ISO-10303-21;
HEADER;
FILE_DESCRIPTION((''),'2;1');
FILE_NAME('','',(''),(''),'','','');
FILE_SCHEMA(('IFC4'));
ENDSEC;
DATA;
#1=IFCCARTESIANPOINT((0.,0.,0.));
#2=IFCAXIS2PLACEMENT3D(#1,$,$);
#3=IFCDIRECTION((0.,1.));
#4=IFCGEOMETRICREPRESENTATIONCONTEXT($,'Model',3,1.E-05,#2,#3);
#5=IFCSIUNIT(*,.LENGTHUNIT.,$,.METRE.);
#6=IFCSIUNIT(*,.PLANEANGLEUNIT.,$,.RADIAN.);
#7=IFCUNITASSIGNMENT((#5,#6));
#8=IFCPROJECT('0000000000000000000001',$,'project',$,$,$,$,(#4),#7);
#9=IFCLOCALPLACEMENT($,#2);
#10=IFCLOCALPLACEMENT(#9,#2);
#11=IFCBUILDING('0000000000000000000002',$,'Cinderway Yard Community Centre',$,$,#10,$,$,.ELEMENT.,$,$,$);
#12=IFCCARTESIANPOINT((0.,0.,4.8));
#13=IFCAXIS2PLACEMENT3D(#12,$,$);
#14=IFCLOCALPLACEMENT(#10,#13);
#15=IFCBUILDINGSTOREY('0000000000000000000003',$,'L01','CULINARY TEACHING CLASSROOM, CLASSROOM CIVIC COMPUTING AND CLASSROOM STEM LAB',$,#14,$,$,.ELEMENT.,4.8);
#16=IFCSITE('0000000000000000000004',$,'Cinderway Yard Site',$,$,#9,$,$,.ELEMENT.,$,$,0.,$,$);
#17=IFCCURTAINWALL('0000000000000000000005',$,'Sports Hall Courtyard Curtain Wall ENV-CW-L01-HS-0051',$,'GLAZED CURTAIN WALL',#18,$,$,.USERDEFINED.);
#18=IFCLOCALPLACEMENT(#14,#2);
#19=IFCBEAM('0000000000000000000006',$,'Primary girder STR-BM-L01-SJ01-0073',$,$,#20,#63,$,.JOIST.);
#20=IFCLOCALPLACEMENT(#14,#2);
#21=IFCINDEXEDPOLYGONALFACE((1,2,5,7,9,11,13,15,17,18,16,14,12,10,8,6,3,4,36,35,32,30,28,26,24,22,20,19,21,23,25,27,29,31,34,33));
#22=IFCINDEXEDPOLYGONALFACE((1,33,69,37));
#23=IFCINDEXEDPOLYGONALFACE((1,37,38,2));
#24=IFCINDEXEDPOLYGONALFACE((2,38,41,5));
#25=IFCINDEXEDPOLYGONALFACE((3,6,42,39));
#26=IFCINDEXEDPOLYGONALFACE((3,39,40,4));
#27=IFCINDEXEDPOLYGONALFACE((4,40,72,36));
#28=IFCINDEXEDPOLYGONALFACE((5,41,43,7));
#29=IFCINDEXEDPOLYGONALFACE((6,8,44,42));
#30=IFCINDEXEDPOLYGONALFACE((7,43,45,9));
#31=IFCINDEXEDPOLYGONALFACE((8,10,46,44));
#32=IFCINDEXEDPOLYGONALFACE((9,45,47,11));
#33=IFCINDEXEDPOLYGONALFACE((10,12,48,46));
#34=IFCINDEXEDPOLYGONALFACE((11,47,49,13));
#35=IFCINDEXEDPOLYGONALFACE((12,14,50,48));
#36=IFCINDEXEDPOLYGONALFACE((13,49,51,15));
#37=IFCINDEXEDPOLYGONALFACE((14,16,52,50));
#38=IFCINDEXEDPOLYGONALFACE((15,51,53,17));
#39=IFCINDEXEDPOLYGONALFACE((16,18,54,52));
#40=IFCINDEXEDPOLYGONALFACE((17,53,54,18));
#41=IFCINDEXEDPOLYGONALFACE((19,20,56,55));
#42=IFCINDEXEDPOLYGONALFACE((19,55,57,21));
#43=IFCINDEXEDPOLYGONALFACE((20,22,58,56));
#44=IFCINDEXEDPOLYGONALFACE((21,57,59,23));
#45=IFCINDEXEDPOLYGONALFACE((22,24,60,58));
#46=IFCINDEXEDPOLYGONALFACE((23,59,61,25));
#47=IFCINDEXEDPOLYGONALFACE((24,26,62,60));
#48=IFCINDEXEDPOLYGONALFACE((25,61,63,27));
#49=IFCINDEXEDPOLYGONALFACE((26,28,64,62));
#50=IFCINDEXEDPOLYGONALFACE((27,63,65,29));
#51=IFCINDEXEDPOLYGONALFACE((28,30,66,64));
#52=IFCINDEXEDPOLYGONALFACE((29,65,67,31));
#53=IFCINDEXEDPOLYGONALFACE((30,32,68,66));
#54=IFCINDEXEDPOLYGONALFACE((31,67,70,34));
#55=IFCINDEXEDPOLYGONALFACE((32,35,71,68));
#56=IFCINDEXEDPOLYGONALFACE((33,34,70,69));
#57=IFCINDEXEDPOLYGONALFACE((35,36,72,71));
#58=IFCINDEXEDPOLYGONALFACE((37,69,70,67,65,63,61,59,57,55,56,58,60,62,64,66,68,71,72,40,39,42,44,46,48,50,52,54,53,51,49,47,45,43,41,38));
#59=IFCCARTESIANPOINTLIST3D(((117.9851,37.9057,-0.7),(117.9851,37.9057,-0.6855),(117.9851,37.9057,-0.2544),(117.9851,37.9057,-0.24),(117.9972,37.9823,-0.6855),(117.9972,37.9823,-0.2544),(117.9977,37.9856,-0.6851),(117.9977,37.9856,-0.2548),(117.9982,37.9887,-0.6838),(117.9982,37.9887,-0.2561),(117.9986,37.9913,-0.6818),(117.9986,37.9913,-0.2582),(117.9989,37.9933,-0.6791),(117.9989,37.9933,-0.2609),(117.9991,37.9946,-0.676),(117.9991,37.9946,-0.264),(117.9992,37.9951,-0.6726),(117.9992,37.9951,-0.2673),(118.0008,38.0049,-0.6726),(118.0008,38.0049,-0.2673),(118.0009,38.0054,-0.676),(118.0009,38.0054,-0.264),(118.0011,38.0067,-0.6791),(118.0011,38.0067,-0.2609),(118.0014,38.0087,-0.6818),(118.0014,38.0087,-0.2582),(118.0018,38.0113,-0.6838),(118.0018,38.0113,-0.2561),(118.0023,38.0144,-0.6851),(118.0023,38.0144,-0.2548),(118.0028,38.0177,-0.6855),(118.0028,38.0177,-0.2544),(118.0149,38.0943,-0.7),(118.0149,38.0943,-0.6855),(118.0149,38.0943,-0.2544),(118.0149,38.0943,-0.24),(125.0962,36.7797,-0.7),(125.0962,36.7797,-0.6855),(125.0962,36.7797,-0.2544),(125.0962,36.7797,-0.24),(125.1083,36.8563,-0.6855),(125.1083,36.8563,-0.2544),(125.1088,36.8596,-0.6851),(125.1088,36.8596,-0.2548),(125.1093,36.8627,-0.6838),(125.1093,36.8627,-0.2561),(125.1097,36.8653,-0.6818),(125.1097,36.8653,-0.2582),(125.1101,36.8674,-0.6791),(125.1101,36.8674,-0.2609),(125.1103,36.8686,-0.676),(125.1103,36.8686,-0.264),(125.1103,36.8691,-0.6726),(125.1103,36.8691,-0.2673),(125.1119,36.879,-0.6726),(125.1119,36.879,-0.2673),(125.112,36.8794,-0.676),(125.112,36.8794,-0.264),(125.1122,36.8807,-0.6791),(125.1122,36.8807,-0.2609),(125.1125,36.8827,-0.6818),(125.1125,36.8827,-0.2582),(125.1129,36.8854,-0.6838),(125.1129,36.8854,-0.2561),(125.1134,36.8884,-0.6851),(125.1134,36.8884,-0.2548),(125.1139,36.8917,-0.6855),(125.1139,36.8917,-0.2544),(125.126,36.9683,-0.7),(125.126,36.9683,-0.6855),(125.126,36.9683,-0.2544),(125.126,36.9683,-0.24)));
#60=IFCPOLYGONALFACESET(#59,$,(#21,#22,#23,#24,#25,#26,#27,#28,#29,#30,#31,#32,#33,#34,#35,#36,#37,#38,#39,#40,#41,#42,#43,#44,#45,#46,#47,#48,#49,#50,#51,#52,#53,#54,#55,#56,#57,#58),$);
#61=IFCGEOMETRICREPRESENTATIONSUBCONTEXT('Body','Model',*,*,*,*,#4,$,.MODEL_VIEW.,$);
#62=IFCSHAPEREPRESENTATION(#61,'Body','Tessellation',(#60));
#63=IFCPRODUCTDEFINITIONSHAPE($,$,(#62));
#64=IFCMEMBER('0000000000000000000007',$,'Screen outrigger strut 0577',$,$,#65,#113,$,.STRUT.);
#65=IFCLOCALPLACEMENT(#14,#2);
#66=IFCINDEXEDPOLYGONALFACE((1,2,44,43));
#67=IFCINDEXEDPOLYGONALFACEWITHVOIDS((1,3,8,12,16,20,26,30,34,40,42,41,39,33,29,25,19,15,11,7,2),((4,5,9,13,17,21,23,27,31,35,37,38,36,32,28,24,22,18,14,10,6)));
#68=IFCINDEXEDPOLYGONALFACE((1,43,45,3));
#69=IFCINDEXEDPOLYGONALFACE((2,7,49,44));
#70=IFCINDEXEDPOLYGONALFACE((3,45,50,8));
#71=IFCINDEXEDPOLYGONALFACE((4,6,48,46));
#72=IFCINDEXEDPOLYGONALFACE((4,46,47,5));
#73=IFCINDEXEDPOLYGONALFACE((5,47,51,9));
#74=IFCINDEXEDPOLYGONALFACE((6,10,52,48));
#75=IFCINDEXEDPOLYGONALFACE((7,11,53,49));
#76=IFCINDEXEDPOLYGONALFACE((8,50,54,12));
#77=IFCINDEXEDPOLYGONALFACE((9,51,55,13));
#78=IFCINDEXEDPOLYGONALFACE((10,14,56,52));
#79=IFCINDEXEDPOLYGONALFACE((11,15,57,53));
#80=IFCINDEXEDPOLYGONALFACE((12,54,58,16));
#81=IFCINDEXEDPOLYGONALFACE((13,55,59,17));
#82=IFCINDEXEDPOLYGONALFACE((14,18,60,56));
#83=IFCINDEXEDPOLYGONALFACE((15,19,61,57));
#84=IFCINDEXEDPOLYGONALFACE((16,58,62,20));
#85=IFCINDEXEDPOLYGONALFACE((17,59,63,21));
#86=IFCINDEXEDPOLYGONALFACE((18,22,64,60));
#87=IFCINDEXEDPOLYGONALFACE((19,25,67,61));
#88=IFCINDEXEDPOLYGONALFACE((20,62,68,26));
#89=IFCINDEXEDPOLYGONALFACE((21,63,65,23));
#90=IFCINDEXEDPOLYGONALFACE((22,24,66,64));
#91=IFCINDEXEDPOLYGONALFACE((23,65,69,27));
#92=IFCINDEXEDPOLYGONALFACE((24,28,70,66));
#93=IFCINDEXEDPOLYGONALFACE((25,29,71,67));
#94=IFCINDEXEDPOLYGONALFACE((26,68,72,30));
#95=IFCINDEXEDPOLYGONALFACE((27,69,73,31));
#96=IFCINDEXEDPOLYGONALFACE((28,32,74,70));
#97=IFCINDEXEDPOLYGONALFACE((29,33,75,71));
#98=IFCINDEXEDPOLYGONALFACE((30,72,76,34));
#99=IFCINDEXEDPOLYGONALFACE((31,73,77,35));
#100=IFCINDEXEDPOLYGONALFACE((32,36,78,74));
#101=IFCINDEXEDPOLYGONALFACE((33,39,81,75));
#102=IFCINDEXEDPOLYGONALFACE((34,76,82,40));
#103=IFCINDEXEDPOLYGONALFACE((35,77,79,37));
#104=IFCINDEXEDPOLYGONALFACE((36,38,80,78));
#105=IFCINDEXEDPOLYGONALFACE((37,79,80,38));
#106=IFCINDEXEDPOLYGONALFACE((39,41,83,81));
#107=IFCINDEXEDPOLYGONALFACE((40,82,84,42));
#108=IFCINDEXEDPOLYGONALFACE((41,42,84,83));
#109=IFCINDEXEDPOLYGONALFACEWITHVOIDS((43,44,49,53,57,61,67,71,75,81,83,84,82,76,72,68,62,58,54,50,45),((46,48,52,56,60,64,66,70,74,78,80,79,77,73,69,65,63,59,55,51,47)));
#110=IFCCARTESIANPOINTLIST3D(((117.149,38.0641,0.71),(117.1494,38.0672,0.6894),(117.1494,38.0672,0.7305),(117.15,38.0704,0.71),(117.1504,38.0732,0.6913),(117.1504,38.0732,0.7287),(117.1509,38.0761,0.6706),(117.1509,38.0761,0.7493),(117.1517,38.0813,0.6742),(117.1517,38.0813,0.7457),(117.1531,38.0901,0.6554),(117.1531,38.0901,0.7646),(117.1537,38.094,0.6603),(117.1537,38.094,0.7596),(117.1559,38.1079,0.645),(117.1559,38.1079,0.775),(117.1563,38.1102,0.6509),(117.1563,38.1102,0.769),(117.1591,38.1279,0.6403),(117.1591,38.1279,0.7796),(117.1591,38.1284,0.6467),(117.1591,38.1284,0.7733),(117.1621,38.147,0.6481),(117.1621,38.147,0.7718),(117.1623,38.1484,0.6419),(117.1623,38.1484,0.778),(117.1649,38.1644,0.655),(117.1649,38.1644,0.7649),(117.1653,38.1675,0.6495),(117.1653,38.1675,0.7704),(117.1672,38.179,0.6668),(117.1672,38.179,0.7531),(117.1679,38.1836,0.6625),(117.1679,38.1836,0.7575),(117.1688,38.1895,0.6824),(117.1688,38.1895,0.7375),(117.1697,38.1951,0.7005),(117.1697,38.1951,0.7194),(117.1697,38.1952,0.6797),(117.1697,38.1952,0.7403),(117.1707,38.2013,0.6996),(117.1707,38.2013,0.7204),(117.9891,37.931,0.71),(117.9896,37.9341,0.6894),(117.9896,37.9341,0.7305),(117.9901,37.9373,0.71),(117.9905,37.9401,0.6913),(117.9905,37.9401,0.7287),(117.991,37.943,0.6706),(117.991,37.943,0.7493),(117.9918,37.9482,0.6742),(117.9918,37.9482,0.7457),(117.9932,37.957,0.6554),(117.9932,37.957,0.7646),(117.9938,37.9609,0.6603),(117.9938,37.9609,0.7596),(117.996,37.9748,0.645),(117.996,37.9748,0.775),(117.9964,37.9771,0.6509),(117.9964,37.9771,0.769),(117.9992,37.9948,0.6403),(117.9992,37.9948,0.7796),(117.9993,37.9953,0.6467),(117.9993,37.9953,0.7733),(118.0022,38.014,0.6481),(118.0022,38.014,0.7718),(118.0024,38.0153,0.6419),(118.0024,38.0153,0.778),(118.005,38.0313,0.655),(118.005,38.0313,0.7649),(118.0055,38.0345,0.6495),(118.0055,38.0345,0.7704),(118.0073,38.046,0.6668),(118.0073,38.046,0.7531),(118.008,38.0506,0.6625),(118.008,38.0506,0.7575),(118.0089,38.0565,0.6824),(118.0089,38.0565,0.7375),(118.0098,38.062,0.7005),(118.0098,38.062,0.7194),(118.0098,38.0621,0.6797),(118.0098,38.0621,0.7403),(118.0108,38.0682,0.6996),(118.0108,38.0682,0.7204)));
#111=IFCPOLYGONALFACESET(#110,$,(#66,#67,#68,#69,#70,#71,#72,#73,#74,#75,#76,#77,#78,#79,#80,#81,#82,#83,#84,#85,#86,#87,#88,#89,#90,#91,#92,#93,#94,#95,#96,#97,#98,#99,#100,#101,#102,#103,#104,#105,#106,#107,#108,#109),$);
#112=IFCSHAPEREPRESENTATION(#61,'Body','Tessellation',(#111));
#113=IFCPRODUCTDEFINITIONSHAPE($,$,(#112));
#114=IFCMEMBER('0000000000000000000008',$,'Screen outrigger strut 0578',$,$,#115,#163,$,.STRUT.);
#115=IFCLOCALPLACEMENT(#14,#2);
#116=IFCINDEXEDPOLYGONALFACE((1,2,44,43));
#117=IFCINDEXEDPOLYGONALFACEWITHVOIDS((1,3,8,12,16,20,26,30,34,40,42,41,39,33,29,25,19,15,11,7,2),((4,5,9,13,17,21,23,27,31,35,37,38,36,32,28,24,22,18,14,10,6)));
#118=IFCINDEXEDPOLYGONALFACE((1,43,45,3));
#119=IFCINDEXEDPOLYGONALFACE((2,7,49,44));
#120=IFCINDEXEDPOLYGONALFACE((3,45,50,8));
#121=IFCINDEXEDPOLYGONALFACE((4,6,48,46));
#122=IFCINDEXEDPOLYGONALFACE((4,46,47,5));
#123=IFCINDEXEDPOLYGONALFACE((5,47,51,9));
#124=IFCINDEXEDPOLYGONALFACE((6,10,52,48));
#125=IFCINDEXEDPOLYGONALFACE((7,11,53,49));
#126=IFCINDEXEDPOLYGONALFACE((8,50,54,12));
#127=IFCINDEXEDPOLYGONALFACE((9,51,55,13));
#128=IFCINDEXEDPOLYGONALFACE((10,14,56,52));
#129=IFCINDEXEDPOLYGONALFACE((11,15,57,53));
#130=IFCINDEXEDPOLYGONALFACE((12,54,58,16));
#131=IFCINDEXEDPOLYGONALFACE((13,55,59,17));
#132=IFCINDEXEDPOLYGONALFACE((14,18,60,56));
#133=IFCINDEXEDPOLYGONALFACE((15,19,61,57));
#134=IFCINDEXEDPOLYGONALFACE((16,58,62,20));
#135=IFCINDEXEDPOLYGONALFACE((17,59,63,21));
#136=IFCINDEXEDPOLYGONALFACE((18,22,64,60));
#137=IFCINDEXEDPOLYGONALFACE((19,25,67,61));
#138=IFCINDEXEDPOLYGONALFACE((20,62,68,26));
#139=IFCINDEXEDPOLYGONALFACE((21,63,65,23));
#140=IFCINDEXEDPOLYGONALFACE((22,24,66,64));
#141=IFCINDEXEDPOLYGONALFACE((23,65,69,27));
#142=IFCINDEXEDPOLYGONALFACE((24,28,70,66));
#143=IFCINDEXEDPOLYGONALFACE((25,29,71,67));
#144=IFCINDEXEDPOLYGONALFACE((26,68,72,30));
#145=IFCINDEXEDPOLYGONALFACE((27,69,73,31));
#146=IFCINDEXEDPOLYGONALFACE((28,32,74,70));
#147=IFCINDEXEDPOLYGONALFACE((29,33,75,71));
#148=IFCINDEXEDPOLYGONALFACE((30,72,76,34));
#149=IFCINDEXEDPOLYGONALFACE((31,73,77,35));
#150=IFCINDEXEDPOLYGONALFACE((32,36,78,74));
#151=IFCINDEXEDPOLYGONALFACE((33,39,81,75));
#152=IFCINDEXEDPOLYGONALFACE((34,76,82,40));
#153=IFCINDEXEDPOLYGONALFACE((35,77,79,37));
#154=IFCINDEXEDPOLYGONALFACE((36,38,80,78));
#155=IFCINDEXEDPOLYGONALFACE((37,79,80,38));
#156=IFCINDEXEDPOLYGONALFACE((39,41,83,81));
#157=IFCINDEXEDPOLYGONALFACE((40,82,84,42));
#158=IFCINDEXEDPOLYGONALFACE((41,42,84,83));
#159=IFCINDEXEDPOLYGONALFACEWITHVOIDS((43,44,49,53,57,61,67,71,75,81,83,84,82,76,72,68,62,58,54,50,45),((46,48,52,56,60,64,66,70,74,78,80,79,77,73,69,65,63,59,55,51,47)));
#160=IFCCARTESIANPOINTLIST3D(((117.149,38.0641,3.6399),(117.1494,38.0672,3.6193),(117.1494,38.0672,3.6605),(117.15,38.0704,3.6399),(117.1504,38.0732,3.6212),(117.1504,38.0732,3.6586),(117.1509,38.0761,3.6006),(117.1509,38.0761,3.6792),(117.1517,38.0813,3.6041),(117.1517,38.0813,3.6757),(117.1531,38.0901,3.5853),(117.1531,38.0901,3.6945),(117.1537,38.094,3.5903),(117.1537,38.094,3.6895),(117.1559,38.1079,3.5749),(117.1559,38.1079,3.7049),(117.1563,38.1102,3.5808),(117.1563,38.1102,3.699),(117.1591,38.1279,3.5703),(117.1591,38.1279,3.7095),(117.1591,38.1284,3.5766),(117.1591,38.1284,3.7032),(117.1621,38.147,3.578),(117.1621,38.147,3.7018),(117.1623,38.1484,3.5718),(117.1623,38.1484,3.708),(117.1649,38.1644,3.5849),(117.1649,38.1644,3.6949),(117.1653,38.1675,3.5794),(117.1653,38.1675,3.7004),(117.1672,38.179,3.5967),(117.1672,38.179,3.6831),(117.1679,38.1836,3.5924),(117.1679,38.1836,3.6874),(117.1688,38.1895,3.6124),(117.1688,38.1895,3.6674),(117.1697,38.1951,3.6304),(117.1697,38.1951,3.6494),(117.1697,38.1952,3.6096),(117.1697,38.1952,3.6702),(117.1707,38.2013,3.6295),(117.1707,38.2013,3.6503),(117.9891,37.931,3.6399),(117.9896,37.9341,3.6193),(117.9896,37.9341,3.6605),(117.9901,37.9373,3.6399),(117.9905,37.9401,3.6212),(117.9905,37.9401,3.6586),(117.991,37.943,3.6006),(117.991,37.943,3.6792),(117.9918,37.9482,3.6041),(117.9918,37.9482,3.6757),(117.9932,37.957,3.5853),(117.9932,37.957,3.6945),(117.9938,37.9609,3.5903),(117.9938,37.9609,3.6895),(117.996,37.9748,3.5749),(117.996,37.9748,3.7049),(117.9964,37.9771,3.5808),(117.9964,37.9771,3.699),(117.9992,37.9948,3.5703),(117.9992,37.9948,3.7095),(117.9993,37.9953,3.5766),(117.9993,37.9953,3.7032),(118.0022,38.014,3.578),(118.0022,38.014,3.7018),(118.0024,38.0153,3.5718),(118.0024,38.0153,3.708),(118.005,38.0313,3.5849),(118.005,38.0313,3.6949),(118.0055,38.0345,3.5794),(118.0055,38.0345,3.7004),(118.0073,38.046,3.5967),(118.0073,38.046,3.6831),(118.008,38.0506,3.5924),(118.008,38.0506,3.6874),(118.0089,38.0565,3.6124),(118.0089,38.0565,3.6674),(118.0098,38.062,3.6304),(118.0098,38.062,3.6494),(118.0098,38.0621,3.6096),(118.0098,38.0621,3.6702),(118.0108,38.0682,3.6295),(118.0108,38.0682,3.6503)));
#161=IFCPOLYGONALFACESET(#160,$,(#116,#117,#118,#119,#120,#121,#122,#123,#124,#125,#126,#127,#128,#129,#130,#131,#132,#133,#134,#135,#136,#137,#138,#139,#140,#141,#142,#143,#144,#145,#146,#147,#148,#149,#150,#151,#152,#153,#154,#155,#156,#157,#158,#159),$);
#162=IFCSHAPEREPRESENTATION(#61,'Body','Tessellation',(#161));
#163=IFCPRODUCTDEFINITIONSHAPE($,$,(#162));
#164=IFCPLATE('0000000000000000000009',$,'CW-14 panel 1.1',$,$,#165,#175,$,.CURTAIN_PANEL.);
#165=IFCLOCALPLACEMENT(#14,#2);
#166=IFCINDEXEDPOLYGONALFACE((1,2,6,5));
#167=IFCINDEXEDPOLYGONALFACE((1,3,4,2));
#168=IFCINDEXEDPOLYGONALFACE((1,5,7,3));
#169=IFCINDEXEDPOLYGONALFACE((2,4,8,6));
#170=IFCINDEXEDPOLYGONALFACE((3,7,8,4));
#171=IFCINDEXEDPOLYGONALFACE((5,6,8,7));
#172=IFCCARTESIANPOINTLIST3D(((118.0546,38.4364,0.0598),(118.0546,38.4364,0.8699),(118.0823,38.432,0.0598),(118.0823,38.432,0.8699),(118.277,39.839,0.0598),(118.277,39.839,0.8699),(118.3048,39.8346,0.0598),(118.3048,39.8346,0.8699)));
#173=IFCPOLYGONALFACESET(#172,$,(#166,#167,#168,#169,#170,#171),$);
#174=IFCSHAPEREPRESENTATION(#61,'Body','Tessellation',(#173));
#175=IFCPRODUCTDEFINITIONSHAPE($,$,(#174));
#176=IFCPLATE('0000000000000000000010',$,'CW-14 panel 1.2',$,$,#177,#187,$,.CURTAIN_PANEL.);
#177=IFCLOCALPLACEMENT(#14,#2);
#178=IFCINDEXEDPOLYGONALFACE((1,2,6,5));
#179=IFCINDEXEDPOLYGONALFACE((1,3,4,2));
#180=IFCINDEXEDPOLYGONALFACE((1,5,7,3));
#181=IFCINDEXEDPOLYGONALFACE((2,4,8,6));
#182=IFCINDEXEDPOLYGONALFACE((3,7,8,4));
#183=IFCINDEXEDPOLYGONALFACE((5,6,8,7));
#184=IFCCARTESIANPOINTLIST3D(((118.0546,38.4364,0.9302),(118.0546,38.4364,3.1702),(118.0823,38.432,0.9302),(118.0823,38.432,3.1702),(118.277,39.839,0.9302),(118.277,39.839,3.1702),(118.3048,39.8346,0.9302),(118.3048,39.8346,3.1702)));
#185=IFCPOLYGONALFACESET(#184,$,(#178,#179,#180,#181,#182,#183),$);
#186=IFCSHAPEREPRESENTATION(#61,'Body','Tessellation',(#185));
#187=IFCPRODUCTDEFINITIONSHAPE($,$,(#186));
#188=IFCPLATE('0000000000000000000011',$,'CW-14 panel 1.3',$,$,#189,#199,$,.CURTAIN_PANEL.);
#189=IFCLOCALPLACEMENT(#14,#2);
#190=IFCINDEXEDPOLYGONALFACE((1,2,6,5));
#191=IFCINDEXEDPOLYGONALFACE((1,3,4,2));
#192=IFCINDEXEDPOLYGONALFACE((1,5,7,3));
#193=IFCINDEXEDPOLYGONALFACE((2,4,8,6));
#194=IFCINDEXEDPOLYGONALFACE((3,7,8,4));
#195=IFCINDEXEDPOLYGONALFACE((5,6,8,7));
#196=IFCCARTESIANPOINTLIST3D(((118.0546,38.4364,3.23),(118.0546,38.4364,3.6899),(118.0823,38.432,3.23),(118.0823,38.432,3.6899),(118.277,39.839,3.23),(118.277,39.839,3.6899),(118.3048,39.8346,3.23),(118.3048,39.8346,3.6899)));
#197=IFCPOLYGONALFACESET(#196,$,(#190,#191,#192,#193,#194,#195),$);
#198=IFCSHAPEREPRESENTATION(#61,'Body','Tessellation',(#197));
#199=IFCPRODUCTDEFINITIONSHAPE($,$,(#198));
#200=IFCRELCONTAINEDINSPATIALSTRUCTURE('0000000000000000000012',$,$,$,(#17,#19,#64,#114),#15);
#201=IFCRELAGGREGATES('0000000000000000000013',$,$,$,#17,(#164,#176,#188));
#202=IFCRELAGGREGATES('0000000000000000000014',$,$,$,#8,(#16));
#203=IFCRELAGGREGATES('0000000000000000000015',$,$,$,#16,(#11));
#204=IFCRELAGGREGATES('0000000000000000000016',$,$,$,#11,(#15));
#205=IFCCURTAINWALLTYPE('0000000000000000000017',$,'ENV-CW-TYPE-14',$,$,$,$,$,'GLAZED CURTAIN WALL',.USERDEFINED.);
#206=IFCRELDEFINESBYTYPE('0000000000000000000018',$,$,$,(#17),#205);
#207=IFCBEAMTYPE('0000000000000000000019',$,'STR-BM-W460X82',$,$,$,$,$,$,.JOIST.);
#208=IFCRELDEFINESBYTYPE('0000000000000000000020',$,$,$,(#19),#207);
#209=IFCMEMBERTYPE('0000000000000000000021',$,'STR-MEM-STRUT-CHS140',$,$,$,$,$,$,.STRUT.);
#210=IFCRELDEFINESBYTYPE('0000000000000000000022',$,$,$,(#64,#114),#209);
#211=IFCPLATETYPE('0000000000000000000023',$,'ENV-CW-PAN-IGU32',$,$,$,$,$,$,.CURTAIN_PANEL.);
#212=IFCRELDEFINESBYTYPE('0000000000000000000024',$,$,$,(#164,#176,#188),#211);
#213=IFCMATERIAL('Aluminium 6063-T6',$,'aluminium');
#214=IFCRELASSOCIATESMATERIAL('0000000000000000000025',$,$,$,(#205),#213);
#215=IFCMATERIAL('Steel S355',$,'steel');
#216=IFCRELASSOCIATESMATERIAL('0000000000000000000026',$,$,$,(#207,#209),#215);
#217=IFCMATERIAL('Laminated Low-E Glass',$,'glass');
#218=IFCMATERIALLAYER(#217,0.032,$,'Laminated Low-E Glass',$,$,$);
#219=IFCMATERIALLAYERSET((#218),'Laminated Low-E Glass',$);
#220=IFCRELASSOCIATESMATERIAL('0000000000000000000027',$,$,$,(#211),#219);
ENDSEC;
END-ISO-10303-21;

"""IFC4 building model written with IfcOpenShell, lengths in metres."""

from ifc_helpers import new_model, si_unit, direction, frame, origin, origin_2d, place, context, subcontext, project, spatial, rectangle, hollow_circle, i_section, extrude, material, layer, layer_set, material_profile, profile_set, type_object, element, aggregate, save


model = new_model("IFC4")

# Units and contexts
model_context = context("Model", 3, precision=1e-05, world=origin(), true_north=direction((0.0, 1.0)))
body_context = subcontext(model_context, "Body", "Model", "MODEL_VIEW")
ifc_project = project(units=[si_unit("LENGTHUNIT", "METRE"), si_unit("PLANEANGLEUNIT", "RADIAN")], contexts=[model_context])

# Site, building, storey
site_placement = place(None, origin())
site = spatial("IfcSite", under=ifc_project, at=site_placement, Name="Cinderway Yard Site", CompositionType="ELEMENT", RefElevation=0.0)
building_placement = place(site_placement, origin())
building = spatial("IfcBuilding", under=site, at=building_placement, Name="Cinderway Yard Community Centre", CompositionType="ELEMENT")
storey_placement = place(building_placement, frame((0.0, 0.0, 4.8)))
storey = spatial("IfcBuildingStorey", under=building, at=storey_placement, Name="L01", Description="CULINARY TEACHING CLASSROOM, CLASSROOM CIVIC COMPUTING AND CLASSROOM STEM LAB", CompositionType="ELEMENT", Elevation=4.8)

# Curtain wall
ifc_material_1 = material(Name="Aluminium 6063-T6", Category="aluminium")
curtain_wall_type = type_object("IfcCurtainWallType", Name="ENV-CW-TYPE-14", ElementType="GLAZED CURTAIN WALL", PredefinedType="USERDEFINED", material=ifc_material_1)
curtain_wall_placement = place(storey_placement, origin())
curtain_wall = element("IfcCurtainWall", 1, at=curtain_wall_placement, inside=storey, type_object=curtain_wall_type, Name="Sports Hall Courtyard Curtain Wall ENV-CW-L01-HS-0051", ObjectType="GLAZED CURTAIN WALL", PredefinedType="USERDEFINED")

# Shared definitions
ifc_material_2 = material(Name="Steel S355", Category="steel")

# Beam
ifc_material_profile_1 = material_profile(ifc_material_2, i_section(OverallWidth=0.1909, OverallDepth=0.46, WebThickness=0.01, FlangeThickness=0.0144, FilletRadius=0.0129, at=origin_2d()), Name="Steel S355")
ifc_profile_set_1 = profile_set([ifc_material_profile_1], Name="Steel S355")
beam_type_1 = type_object("IfcBeamType", Name="STR-BM-W460X82", PredefinedType="JOIST", material=ifc_profile_set_1)
beam_1_placement = place(storey_placement, frame((118.0, 38.0, -0.47), z_axis=(0.987695, -0.156393, 0.0), x_axis=(0.156393, 0.987695, 0.0)))
element("IfcBeam", 2, at=beam_1_placement, inside=storey, type_object=beam_type_1, Name="Primary girder STR-BM-L01-SJ01-0073", PredefinedType="JOIST", context=body_context, shape_type="SweptSolid", body=[
    extrude(i_section(OverallWidth=0.1909, OverallDepth=0.46, WebThickness=0.01, FlangeThickness=0.0144, FilletRadius=0.0129, at=origin_2d()), origin(), (0.0, 0.0, 1.0), 7.1997),
])

# Members
ifc_material_profile_2 = material_profile(ifc_material_2, hollow_circle(Radius=0.0698, WallThickness=0.0063, at=origin_2d()), Name="Steel S355")
ifc_profile_set_2 = profile_set([ifc_material_profile_2], Name="Steel S355")
member_type_1 = type_object("IfcMemberType", Name="STR-MEM-STRUT-CHS140", PredefinedType="STRUT", material=ifc_profile_set_2)
for number, where, z_axis, x_axis, name in (
    (3, (118.0, 38.0, 0.71), (-0.987688, 0.156434, 0.0), (-0.156434, -0.987688, 0.0), "Screen outrigger strut 0577"),
    (4, (118.0, 38.0, 3.6399), (-0.987688, 0.156434, 0.0), (-0.156434, -0.987688, 0.0), "Screen outrigger strut 0578"),
):
    element("IfcMember", number, at=place(storey_placement, frame(where, z_axis=z_axis, x_axis=x_axis)), inside=storey, type_object=member_type_1, Name=name, PredefinedType="STRUT", context=body_context, shape_type="SweptSolid", body=[
        extrude(hollow_circle(Radius=0.0698, WallThickness=0.0063, at=origin_2d()), origin(), (0.0, 0.0, 1.0), 0.8506),
    ])

# Plates
ifc_material_3 = material(Name="Laminated Low-E Glass", Category="glass")
ifc_layer_1 = layer(ifc_material_3, 0.032, Name="Laminated Low-E Glass")
ifc_layer_set_1 = layer_set([ifc_layer_1], Name="Laminated Low-E Glass")
plate_type = type_object("IfcPlateType", Name="ENV-CW-PAN-IGU32", PredefinedType="CURTAIN_PANEL", material=ifc_layer_set_1)
plate_1_placement = place(storey_placement, frame((118.1797, 39.1355, 0.0598), z_axis=(0.0, 0.0, 1.0), x_axis=(0.156609, 0.987661, 0.0)))
plate_1 = element("IfcPlate", 5, at=plate_1_placement, type_object=plate_type, Name="CW-14 panel 1.1", PredefinedType="CURTAIN_PANEL", context=body_context, shape_type="SweptSolid", body=[
    extrude(rectangle(XDim=1.4202, YDim=0.0281, at=origin_2d()), origin(), (0.0, 0.0, 1.0), 0.8101),
])
plate_2_placement = place(storey_placement, frame((118.1797, 39.1355, 0.9302), z_axis=(0.0, 0.0, 1.0), x_axis=(0.156609, 0.987661, 0.0)))
plate_2 = element("IfcPlate", 6, at=plate_2_placement, type_object=plate_type, Name="CW-14 panel 1.2", PredefinedType="CURTAIN_PANEL", context=body_context, shape_type="SweptSolid", body=[
    extrude(rectangle(XDim=1.4202, YDim=0.0281, at=origin_2d()), origin(), (0.0, 0.0, 1.0), 2.24),
])
plate_3_placement = place(storey_placement, frame((118.1797, 39.1355, 3.23), z_axis=(0.0, 0.0, 1.0), x_axis=(0.156609, 0.987661, 0.0)))
plate_3 = element("IfcPlate", 7, at=plate_3_placement, type_object=plate_type, Name="CW-14 panel 1.3", PredefinedType="CURTAIN_PANEL", context=body_context, shape_type="SweptSolid", body=[
    extrude(rectangle(XDim=1.4202, YDim=0.0281, at=origin_2d()), origin(), (0.0, 0.0, 1.0), 0.46),
])
aggregate(curtain_wall, [plate_1, plate_2, plate_3])

save(model, "model.ifc")
